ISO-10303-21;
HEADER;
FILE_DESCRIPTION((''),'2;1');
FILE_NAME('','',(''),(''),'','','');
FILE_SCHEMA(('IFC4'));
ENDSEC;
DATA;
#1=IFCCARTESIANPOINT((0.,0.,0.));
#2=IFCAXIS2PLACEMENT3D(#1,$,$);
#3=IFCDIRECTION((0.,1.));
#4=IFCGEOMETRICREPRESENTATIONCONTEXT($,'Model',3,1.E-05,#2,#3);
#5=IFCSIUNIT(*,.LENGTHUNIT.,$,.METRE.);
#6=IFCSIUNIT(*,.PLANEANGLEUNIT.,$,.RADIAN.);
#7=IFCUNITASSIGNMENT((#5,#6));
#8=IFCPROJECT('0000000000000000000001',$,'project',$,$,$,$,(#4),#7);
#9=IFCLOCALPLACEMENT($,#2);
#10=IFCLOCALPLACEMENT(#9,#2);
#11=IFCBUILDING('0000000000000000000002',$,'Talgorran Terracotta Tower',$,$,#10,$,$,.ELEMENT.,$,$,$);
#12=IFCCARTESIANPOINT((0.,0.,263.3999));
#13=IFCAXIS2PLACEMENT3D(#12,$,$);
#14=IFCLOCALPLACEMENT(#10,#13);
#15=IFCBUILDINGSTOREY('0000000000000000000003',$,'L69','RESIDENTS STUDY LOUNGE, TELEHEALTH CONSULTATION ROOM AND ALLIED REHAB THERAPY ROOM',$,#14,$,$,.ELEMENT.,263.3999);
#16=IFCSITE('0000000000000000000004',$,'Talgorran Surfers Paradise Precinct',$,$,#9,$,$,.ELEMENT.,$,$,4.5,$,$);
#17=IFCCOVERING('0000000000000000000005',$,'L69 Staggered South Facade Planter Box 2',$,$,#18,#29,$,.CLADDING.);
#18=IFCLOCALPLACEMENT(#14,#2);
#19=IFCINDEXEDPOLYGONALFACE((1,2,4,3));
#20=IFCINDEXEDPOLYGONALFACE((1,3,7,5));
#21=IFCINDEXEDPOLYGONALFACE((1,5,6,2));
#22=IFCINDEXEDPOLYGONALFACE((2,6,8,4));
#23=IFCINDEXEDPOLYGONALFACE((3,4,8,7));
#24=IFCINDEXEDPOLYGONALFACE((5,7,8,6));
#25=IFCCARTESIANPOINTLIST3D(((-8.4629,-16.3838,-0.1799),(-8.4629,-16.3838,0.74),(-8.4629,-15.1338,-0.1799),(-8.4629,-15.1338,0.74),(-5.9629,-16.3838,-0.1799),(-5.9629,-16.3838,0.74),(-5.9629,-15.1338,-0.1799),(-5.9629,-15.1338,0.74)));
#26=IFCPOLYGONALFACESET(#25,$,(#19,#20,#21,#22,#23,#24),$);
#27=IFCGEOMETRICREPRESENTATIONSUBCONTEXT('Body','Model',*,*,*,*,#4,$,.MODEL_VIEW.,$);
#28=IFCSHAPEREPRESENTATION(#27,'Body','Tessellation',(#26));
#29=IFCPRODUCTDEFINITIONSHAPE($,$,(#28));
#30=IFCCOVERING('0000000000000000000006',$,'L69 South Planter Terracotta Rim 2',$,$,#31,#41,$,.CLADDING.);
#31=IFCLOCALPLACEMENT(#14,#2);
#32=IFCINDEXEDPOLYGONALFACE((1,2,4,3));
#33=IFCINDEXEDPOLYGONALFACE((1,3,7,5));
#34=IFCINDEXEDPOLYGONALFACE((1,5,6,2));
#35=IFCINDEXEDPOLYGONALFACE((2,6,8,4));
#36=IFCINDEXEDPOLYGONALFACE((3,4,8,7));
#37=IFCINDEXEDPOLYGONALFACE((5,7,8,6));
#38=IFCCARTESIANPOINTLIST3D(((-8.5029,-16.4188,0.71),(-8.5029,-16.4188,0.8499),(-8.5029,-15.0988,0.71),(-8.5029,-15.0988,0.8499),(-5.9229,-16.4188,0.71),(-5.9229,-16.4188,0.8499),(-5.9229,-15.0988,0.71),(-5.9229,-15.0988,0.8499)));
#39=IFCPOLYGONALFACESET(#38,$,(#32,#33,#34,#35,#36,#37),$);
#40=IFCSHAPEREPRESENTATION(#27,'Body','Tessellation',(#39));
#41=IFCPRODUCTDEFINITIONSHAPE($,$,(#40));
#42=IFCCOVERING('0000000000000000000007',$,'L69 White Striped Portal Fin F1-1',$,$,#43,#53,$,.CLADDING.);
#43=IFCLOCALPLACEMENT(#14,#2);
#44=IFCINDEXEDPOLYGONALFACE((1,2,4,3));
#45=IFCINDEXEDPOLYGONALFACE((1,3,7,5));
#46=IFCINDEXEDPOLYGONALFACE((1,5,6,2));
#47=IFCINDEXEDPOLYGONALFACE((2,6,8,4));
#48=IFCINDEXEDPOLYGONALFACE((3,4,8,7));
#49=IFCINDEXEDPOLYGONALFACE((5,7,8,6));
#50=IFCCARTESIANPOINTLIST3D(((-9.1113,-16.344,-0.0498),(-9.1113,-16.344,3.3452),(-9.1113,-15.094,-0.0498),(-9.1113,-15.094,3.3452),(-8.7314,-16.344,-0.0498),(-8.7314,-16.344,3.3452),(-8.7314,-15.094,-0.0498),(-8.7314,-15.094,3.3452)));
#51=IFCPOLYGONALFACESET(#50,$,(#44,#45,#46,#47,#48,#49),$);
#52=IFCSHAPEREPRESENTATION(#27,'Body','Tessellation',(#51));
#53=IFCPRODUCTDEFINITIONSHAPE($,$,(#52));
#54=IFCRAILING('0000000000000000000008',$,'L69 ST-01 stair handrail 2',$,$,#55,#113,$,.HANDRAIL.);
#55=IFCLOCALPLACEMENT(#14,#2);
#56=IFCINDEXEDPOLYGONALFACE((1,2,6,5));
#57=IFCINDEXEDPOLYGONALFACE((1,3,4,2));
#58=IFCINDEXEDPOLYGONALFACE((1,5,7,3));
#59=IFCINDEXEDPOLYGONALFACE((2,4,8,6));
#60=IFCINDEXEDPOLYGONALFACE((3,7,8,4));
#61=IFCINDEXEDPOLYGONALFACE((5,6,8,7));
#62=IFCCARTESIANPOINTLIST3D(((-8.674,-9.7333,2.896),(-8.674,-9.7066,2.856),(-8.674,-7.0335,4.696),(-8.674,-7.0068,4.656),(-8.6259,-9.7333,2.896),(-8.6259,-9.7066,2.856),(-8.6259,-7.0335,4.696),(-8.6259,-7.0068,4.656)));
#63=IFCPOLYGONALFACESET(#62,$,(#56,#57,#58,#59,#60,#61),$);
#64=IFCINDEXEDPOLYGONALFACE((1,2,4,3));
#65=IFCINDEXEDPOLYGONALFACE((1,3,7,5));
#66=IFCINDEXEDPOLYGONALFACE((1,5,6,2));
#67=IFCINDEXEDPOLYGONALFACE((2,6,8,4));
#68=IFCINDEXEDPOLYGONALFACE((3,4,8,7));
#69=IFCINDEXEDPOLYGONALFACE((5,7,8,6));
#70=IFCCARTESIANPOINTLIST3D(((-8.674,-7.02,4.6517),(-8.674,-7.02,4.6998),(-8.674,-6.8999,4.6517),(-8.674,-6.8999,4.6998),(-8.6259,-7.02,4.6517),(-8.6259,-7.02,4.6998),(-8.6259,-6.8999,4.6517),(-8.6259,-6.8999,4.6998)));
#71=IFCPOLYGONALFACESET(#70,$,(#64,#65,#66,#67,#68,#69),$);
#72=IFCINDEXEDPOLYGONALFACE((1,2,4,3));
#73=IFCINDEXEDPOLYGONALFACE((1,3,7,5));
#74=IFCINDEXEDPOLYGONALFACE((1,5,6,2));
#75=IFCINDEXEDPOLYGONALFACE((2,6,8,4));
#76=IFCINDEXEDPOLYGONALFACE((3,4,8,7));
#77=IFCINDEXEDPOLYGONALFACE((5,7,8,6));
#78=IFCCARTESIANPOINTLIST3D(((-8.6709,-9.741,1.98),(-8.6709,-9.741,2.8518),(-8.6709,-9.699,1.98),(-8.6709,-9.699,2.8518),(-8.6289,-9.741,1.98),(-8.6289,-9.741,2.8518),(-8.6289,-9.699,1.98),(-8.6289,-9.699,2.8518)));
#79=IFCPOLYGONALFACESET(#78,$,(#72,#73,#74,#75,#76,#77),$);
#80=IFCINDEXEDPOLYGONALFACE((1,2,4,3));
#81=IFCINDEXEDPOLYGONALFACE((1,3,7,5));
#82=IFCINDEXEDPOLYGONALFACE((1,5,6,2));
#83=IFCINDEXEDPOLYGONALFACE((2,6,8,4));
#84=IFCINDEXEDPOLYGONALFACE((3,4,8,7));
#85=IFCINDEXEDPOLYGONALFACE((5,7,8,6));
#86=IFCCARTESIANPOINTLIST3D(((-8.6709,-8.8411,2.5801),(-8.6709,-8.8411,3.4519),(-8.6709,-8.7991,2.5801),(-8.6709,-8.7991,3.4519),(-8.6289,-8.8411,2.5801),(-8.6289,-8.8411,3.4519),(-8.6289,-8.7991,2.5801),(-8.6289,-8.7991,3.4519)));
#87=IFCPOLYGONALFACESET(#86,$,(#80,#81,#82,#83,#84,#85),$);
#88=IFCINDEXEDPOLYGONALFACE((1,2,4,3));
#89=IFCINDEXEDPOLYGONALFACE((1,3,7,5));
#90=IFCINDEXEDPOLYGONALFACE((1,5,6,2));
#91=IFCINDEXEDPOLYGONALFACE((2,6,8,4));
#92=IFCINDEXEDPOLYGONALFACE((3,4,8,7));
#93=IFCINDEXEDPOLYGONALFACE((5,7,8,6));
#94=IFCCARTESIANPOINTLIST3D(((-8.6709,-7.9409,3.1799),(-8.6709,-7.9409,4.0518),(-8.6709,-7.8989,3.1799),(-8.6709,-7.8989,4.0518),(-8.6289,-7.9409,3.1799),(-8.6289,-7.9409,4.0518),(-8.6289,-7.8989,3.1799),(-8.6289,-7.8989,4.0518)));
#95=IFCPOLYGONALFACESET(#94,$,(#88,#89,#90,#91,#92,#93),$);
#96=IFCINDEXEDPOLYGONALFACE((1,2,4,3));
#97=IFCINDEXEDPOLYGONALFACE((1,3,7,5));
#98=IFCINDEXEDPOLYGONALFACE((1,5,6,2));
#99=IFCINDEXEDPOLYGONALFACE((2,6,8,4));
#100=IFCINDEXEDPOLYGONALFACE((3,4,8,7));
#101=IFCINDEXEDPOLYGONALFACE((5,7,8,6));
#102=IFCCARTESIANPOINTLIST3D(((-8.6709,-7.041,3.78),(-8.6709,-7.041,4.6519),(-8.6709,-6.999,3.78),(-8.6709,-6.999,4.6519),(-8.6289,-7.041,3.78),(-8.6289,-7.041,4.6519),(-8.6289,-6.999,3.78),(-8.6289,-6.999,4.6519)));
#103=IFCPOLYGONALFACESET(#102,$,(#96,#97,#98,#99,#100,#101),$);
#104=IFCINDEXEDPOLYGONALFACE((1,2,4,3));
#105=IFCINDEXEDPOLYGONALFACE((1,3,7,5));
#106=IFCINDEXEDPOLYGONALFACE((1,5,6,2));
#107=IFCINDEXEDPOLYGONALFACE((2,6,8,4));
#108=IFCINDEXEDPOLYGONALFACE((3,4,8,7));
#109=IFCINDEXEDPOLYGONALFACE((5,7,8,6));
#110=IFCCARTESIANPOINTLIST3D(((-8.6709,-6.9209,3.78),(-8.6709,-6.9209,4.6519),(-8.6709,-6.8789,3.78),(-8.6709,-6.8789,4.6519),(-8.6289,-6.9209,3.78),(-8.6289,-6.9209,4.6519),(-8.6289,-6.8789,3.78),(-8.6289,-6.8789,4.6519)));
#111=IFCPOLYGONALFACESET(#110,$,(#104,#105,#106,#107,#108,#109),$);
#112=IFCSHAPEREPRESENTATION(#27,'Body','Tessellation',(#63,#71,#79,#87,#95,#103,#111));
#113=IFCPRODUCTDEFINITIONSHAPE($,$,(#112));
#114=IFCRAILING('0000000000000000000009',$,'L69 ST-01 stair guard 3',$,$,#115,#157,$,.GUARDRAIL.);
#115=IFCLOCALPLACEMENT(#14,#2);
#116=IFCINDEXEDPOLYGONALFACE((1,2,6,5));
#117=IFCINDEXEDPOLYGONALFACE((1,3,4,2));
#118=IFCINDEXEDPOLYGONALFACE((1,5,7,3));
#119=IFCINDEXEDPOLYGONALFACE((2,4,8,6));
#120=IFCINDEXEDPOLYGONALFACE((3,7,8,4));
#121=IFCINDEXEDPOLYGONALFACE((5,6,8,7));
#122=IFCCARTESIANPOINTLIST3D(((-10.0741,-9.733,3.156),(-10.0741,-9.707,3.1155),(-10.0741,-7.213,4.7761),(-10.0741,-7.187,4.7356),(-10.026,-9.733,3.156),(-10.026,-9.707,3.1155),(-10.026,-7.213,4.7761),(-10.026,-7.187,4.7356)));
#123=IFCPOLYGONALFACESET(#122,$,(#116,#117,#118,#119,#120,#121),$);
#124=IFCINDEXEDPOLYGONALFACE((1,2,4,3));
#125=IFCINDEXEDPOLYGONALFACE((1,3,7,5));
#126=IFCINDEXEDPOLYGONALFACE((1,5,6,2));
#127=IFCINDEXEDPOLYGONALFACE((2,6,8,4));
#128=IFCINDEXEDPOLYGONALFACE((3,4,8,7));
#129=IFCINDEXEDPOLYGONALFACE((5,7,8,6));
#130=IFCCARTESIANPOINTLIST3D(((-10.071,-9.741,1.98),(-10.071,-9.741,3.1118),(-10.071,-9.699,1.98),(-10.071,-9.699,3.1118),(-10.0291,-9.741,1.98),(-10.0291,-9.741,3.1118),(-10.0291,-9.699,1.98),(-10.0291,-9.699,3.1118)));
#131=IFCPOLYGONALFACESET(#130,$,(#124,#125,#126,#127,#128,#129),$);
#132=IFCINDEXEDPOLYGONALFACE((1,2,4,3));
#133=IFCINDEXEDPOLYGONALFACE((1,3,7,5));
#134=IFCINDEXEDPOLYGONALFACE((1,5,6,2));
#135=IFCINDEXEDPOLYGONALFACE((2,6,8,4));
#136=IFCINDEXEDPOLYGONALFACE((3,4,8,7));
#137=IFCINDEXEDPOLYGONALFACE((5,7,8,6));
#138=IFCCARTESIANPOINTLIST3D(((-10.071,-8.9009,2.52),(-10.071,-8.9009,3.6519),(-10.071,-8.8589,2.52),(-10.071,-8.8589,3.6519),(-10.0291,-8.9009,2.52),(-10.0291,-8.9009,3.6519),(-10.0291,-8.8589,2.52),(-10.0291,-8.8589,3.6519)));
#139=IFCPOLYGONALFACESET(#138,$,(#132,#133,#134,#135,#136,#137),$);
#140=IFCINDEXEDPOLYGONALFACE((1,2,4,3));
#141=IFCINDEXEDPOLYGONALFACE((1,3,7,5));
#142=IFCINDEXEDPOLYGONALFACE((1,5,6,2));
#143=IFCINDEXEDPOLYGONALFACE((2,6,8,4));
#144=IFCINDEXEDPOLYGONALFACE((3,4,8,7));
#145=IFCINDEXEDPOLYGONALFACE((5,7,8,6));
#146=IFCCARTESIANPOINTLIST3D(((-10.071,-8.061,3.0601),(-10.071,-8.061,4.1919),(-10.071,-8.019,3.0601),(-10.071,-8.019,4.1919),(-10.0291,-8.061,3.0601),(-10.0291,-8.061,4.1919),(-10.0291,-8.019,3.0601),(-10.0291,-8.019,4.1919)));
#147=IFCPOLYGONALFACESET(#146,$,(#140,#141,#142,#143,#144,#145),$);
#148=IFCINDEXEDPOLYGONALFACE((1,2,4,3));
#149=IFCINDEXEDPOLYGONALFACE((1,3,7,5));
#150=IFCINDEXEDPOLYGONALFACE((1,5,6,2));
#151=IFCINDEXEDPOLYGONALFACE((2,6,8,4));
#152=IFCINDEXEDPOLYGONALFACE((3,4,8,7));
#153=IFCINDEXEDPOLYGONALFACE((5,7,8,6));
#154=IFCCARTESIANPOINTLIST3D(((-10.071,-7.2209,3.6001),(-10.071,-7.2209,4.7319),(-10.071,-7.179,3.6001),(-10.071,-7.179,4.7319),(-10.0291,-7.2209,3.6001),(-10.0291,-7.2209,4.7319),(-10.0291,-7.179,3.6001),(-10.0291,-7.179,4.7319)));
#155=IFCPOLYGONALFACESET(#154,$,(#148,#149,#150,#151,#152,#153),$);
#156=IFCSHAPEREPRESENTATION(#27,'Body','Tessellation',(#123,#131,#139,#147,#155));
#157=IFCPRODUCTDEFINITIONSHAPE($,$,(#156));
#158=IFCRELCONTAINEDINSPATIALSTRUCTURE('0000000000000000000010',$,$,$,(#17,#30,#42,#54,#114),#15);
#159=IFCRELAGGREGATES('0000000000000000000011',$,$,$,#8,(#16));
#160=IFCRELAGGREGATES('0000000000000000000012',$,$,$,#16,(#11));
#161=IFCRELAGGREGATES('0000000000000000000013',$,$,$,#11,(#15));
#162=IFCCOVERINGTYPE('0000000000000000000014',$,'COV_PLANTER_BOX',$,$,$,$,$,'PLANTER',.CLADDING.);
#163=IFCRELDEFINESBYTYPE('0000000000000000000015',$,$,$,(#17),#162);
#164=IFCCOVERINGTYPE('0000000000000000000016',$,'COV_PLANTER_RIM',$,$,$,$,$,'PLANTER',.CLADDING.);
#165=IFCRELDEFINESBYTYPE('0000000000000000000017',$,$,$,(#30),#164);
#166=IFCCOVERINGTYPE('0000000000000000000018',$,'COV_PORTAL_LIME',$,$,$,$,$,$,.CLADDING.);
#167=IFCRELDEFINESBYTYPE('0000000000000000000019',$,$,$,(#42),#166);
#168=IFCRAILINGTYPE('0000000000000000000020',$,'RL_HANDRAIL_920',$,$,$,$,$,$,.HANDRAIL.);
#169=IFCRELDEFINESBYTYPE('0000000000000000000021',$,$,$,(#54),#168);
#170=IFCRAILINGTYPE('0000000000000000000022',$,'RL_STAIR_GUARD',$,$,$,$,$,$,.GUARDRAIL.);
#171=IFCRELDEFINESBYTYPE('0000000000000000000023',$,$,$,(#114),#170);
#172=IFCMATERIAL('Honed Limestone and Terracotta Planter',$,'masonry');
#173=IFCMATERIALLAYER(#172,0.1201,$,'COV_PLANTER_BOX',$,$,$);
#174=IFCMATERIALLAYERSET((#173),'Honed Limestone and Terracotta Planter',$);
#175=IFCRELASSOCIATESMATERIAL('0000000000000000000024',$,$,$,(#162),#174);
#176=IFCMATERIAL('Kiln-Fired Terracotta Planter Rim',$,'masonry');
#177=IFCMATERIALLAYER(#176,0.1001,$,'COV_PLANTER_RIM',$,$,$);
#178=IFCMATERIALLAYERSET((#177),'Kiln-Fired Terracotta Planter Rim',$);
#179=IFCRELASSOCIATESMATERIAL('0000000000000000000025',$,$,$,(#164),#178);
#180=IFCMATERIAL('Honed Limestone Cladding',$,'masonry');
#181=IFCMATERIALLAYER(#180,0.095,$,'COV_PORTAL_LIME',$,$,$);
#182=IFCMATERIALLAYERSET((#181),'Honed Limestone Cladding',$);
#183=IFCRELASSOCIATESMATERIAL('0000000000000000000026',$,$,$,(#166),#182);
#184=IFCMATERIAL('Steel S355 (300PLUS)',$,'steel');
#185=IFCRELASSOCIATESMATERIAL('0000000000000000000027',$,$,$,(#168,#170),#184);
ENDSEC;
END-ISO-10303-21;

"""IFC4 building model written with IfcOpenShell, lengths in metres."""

from ifc_helpers import new_model, si_unit, direction, frame, origin, origin_2d, place, context, subcontext, project, spatial, rectangle, extrude, material, layer, layer_set, type_object, element, save


model = new_model("IFC4")

# Units and contexts
model_context = context("Model", 3, precision=1e-05, world=origin(), true_north=direction((0.0, 1.0)))
body_context = subcontext(model_context, "Body", "Model", "MODEL_VIEW")
ifc_project = project(units=[si_unit("LENGTHUNIT", "METRE"), si_unit("PLANEANGLEUNIT", "RADIAN")], contexts=[model_context])

# Site, building, storey
site_placement = place(None, origin())
site = spatial("IfcSite", under=ifc_project, at=site_placement, Name="Talgorran Surfers Paradise Precinct", CompositionType="ELEMENT", RefElevation=4.5)
building_placement = place(site_placement, origin())
building = spatial("IfcBuilding", under=site, at=building_placement, Name="Talgorran Terracotta Tower", CompositionType="ELEMENT")
storey_placement = place(building_placement, frame((0.0, 0.0, 263.3999)))
storey = spatial("IfcBuildingStorey", under=building, at=storey_placement, Name="L69", Description="RESIDENTS STUDY LOUNGE, TELEHEALTH CONSULTATION ROOM AND ALLIED REHAB THERAPY ROOM", CompositionType="ELEMENT", Elevation=263.3999)

# Shared definitions
ifc_material_1 = material(Name="Steel S355 (300PLUS)", Category="steel")

# Coverings
ifc_material_2 = material(Name="Honed Limestone and Terracotta Planter", Category="masonry")
ifc_layer_1 = layer(ifc_material_2, 0.1201, Name="COV_PLANTER_BOX")
ifc_layer_set_1 = layer_set([ifc_layer_1], Name="Honed Limestone and Terracotta Planter")
covering_type_1 = type_object("IfcCoveringType", Name="COV_PLANTER_BOX", ElementType="PLANTER", PredefinedType="CLADDING", material=ifc_layer_set_1)
covering_1_placement = place(storey_placement, frame((-7.2129, -15.7588, -0.1799), z_axis=(0.0, 0.0, 1.0), x_axis=(1.0, 0.0, 0.0)))
element("IfcCovering", 1, at=covering_1_placement, inside=storey, type_object=covering_type_1, Name="L69 Staggered South Facade Planter Box 2", PredefinedType="CLADDING", context=body_context, shape_type="SweptSolid", body=[
    extrude(rectangle(XDim=2.5, YDim=1.25, at=origin_2d()), origin(), (0.0, 0.0, 1.0), 0.9199),
])
ifc_material_3 = material(Name="Kiln-Fired Terracotta Planter Rim", Category="masonry")
ifc_layer_2 = layer(ifc_material_3, 0.1001, Name="COV_PLANTER_RIM")
ifc_layer_set_2 = layer_set([ifc_layer_2], Name="Kiln-Fired Terracotta Planter Rim")
covering_type_2 = type_object("IfcCoveringType", Name="COV_PLANTER_RIM", ElementType="PLANTER", PredefinedType="CLADDING", material=ifc_layer_set_2)
covering_2_placement = place(storey_placement, frame((-7.2129, -15.7588, 0.71), z_axis=(0.0, 0.0, 1.0), x_axis=(1.0, 0.0, 0.0)))
element("IfcCovering", 2, at=covering_2_placement, inside=storey, type_object=covering_type_2, Name="L69 South Planter Terracotta Rim 2", PredefinedType="CLADDING", context=body_context, shape_type="SweptSolid", body=[
    extrude(rectangle(XDim=2.5801, YDim=1.3201, at=origin_2d()), origin(), (0.0, 0.0, 1.0), 0.1399),
])
ifc_material_4 = material(Name="Honed Limestone Cladding", Category="masonry")
ifc_layer_3 = layer(ifc_material_4, 0.095, Name="COV_PORTAL_LIME")
ifc_layer_set_3 = layer_set([ifc_layer_3], Name="Honed Limestone Cladding")
covering_type_3 = type_object("IfcCoveringType", Name="COV_PORTAL_LIME", PredefinedType="CLADDING", material=ifc_layer_set_3)
covering_3_placement = place(storey_placement, frame((-8.9214, -15.719, -0.0498), z_axis=(0.0, 0.0, 1.0), x_axis=(1.0, 0.0, 0.0)))
element("IfcCovering", 3, at=covering_3_placement, inside=storey, type_object=covering_type_3, Name="L69 White Striped Portal Fin F1-1", PredefinedType="CLADDING", context=body_context, shape_type="SweptSolid", body=[
    extrude(rectangle(XDim=0.3799, YDim=1.25, at=origin_2d()), origin(), (0.0, 0.0, 1.0), 3.395),
])

# Railings
railing_type_1 = type_object("IfcRailingType", Name="RL_HANDRAIL_920", PredefinedType="HANDRAIL", material=ifc_material_1)
railing_1_placement = place(storey_placement, frame((-8.6499, -9.72, 1.98)))
element("IfcRailing", 4, at=railing_1_placement, inside=storey, type_object=railing_type_1, Name="L69 ST-01 stair handrail 2", PredefinedType="HANDRAIL", context=body_context, shape_type="SweptSolid", body=[
    extrude(rectangle(XDim=0.0481, YDim=0.0481, at=origin_2d()), frame((0.0, 0.0, 0.896), z_axis=(0.0, 0.832039, 0.554718), x_axis=(-1.0, 0.0, 0.0)), (0.0, 0.0, 1.0), 3.2449),
    extrude(rectangle(XDim=0.0481, YDim=0.0481, at=origin_2d()), frame((0.0, 2.7, 2.6958), z_axis=(0.0, 1.0, 0.0), x_axis=(-1.0, 0.0, 0.0)), (0.0, 0.0, 1.0), 0.1201),
    extrude(rectangle(XDim=0.042, YDim=0.042, at=origin_2d()), origin(), (0.0, 0.0, 1.0), 0.8718),
    extrude(rectangle(XDim=0.042, YDim=0.042, at=origin_2d()), frame((0.0, 0.8999, 0.6001)), (0.0, 0.0, 1.0), 0.8718),
    extrude(rectangle(XDim=0.042, YDim=0.042, at=origin_2d()), frame((0.0, 1.8, 1.2)), (0.0, 0.0, 1.0), 0.8718),
    extrude(rectangle(XDim=0.042, YDim=0.042, at=origin_2d()), frame((0.0, 2.7, 1.8)), (0.0, 0.0, 1.0), 0.8718),
    extrude(rectangle(XDim=0.042, YDim=0.042, at=origin_2d()), frame((0.0, 2.8201, 1.8)), (0.0, 0.0, 1.0), 0.8718),
])
railing_type_2 = type_object("IfcRailingType", Name="RL_STAIR_GUARD", PredefinedType="GUARDRAIL", material=ifc_material_1)
railing_2_placement = place(storey_placement, frame((-10.05, -9.72, 1.98)))
element("IfcRailing", 5, at=railing_2_placement, inside=storey, type_object=railing_type_2, Name="L69 ST-01 stair guard 3", PredefinedType="GUARDRAIL", context=body_context, shape_type="SweptSolid", body=[
    extrude(rectangle(XDim=0.0481, YDim=0.0481, at=origin_2d()), frame((0.0, 0.0, 1.1558), z_axis=(0.0, 0.841163, 0.540782), x_axis=(-1.0, 0.0, 0.0)), (0.0, 0.0, 1.0), 2.9958),
    extrude(rectangle(XDim=0.042, YDim=0.042, at=origin_2d()), origin(), (0.0, 0.0, 1.0), 1.1318),
    extrude(rectangle(XDim=0.042, YDim=0.042, at=origin_2d()), frame((0.0, 0.8401, 0.54)), (0.0, 0.0, 1.0), 1.1318),
    extrude(rectangle(XDim=0.042, YDim=0.042, at=origin_2d()), frame((0.0, 1.6799, 1.0801)), (0.0, 0.0, 1.0), 1.1318),
    extrude(rectangle(XDim=0.042, YDim=0.042, at=origin_2d()), frame((0.0, 2.52, 1.6201)), (0.0, 0.0, 1.0), 1.1318),
])

save(model, "model.ifc")
